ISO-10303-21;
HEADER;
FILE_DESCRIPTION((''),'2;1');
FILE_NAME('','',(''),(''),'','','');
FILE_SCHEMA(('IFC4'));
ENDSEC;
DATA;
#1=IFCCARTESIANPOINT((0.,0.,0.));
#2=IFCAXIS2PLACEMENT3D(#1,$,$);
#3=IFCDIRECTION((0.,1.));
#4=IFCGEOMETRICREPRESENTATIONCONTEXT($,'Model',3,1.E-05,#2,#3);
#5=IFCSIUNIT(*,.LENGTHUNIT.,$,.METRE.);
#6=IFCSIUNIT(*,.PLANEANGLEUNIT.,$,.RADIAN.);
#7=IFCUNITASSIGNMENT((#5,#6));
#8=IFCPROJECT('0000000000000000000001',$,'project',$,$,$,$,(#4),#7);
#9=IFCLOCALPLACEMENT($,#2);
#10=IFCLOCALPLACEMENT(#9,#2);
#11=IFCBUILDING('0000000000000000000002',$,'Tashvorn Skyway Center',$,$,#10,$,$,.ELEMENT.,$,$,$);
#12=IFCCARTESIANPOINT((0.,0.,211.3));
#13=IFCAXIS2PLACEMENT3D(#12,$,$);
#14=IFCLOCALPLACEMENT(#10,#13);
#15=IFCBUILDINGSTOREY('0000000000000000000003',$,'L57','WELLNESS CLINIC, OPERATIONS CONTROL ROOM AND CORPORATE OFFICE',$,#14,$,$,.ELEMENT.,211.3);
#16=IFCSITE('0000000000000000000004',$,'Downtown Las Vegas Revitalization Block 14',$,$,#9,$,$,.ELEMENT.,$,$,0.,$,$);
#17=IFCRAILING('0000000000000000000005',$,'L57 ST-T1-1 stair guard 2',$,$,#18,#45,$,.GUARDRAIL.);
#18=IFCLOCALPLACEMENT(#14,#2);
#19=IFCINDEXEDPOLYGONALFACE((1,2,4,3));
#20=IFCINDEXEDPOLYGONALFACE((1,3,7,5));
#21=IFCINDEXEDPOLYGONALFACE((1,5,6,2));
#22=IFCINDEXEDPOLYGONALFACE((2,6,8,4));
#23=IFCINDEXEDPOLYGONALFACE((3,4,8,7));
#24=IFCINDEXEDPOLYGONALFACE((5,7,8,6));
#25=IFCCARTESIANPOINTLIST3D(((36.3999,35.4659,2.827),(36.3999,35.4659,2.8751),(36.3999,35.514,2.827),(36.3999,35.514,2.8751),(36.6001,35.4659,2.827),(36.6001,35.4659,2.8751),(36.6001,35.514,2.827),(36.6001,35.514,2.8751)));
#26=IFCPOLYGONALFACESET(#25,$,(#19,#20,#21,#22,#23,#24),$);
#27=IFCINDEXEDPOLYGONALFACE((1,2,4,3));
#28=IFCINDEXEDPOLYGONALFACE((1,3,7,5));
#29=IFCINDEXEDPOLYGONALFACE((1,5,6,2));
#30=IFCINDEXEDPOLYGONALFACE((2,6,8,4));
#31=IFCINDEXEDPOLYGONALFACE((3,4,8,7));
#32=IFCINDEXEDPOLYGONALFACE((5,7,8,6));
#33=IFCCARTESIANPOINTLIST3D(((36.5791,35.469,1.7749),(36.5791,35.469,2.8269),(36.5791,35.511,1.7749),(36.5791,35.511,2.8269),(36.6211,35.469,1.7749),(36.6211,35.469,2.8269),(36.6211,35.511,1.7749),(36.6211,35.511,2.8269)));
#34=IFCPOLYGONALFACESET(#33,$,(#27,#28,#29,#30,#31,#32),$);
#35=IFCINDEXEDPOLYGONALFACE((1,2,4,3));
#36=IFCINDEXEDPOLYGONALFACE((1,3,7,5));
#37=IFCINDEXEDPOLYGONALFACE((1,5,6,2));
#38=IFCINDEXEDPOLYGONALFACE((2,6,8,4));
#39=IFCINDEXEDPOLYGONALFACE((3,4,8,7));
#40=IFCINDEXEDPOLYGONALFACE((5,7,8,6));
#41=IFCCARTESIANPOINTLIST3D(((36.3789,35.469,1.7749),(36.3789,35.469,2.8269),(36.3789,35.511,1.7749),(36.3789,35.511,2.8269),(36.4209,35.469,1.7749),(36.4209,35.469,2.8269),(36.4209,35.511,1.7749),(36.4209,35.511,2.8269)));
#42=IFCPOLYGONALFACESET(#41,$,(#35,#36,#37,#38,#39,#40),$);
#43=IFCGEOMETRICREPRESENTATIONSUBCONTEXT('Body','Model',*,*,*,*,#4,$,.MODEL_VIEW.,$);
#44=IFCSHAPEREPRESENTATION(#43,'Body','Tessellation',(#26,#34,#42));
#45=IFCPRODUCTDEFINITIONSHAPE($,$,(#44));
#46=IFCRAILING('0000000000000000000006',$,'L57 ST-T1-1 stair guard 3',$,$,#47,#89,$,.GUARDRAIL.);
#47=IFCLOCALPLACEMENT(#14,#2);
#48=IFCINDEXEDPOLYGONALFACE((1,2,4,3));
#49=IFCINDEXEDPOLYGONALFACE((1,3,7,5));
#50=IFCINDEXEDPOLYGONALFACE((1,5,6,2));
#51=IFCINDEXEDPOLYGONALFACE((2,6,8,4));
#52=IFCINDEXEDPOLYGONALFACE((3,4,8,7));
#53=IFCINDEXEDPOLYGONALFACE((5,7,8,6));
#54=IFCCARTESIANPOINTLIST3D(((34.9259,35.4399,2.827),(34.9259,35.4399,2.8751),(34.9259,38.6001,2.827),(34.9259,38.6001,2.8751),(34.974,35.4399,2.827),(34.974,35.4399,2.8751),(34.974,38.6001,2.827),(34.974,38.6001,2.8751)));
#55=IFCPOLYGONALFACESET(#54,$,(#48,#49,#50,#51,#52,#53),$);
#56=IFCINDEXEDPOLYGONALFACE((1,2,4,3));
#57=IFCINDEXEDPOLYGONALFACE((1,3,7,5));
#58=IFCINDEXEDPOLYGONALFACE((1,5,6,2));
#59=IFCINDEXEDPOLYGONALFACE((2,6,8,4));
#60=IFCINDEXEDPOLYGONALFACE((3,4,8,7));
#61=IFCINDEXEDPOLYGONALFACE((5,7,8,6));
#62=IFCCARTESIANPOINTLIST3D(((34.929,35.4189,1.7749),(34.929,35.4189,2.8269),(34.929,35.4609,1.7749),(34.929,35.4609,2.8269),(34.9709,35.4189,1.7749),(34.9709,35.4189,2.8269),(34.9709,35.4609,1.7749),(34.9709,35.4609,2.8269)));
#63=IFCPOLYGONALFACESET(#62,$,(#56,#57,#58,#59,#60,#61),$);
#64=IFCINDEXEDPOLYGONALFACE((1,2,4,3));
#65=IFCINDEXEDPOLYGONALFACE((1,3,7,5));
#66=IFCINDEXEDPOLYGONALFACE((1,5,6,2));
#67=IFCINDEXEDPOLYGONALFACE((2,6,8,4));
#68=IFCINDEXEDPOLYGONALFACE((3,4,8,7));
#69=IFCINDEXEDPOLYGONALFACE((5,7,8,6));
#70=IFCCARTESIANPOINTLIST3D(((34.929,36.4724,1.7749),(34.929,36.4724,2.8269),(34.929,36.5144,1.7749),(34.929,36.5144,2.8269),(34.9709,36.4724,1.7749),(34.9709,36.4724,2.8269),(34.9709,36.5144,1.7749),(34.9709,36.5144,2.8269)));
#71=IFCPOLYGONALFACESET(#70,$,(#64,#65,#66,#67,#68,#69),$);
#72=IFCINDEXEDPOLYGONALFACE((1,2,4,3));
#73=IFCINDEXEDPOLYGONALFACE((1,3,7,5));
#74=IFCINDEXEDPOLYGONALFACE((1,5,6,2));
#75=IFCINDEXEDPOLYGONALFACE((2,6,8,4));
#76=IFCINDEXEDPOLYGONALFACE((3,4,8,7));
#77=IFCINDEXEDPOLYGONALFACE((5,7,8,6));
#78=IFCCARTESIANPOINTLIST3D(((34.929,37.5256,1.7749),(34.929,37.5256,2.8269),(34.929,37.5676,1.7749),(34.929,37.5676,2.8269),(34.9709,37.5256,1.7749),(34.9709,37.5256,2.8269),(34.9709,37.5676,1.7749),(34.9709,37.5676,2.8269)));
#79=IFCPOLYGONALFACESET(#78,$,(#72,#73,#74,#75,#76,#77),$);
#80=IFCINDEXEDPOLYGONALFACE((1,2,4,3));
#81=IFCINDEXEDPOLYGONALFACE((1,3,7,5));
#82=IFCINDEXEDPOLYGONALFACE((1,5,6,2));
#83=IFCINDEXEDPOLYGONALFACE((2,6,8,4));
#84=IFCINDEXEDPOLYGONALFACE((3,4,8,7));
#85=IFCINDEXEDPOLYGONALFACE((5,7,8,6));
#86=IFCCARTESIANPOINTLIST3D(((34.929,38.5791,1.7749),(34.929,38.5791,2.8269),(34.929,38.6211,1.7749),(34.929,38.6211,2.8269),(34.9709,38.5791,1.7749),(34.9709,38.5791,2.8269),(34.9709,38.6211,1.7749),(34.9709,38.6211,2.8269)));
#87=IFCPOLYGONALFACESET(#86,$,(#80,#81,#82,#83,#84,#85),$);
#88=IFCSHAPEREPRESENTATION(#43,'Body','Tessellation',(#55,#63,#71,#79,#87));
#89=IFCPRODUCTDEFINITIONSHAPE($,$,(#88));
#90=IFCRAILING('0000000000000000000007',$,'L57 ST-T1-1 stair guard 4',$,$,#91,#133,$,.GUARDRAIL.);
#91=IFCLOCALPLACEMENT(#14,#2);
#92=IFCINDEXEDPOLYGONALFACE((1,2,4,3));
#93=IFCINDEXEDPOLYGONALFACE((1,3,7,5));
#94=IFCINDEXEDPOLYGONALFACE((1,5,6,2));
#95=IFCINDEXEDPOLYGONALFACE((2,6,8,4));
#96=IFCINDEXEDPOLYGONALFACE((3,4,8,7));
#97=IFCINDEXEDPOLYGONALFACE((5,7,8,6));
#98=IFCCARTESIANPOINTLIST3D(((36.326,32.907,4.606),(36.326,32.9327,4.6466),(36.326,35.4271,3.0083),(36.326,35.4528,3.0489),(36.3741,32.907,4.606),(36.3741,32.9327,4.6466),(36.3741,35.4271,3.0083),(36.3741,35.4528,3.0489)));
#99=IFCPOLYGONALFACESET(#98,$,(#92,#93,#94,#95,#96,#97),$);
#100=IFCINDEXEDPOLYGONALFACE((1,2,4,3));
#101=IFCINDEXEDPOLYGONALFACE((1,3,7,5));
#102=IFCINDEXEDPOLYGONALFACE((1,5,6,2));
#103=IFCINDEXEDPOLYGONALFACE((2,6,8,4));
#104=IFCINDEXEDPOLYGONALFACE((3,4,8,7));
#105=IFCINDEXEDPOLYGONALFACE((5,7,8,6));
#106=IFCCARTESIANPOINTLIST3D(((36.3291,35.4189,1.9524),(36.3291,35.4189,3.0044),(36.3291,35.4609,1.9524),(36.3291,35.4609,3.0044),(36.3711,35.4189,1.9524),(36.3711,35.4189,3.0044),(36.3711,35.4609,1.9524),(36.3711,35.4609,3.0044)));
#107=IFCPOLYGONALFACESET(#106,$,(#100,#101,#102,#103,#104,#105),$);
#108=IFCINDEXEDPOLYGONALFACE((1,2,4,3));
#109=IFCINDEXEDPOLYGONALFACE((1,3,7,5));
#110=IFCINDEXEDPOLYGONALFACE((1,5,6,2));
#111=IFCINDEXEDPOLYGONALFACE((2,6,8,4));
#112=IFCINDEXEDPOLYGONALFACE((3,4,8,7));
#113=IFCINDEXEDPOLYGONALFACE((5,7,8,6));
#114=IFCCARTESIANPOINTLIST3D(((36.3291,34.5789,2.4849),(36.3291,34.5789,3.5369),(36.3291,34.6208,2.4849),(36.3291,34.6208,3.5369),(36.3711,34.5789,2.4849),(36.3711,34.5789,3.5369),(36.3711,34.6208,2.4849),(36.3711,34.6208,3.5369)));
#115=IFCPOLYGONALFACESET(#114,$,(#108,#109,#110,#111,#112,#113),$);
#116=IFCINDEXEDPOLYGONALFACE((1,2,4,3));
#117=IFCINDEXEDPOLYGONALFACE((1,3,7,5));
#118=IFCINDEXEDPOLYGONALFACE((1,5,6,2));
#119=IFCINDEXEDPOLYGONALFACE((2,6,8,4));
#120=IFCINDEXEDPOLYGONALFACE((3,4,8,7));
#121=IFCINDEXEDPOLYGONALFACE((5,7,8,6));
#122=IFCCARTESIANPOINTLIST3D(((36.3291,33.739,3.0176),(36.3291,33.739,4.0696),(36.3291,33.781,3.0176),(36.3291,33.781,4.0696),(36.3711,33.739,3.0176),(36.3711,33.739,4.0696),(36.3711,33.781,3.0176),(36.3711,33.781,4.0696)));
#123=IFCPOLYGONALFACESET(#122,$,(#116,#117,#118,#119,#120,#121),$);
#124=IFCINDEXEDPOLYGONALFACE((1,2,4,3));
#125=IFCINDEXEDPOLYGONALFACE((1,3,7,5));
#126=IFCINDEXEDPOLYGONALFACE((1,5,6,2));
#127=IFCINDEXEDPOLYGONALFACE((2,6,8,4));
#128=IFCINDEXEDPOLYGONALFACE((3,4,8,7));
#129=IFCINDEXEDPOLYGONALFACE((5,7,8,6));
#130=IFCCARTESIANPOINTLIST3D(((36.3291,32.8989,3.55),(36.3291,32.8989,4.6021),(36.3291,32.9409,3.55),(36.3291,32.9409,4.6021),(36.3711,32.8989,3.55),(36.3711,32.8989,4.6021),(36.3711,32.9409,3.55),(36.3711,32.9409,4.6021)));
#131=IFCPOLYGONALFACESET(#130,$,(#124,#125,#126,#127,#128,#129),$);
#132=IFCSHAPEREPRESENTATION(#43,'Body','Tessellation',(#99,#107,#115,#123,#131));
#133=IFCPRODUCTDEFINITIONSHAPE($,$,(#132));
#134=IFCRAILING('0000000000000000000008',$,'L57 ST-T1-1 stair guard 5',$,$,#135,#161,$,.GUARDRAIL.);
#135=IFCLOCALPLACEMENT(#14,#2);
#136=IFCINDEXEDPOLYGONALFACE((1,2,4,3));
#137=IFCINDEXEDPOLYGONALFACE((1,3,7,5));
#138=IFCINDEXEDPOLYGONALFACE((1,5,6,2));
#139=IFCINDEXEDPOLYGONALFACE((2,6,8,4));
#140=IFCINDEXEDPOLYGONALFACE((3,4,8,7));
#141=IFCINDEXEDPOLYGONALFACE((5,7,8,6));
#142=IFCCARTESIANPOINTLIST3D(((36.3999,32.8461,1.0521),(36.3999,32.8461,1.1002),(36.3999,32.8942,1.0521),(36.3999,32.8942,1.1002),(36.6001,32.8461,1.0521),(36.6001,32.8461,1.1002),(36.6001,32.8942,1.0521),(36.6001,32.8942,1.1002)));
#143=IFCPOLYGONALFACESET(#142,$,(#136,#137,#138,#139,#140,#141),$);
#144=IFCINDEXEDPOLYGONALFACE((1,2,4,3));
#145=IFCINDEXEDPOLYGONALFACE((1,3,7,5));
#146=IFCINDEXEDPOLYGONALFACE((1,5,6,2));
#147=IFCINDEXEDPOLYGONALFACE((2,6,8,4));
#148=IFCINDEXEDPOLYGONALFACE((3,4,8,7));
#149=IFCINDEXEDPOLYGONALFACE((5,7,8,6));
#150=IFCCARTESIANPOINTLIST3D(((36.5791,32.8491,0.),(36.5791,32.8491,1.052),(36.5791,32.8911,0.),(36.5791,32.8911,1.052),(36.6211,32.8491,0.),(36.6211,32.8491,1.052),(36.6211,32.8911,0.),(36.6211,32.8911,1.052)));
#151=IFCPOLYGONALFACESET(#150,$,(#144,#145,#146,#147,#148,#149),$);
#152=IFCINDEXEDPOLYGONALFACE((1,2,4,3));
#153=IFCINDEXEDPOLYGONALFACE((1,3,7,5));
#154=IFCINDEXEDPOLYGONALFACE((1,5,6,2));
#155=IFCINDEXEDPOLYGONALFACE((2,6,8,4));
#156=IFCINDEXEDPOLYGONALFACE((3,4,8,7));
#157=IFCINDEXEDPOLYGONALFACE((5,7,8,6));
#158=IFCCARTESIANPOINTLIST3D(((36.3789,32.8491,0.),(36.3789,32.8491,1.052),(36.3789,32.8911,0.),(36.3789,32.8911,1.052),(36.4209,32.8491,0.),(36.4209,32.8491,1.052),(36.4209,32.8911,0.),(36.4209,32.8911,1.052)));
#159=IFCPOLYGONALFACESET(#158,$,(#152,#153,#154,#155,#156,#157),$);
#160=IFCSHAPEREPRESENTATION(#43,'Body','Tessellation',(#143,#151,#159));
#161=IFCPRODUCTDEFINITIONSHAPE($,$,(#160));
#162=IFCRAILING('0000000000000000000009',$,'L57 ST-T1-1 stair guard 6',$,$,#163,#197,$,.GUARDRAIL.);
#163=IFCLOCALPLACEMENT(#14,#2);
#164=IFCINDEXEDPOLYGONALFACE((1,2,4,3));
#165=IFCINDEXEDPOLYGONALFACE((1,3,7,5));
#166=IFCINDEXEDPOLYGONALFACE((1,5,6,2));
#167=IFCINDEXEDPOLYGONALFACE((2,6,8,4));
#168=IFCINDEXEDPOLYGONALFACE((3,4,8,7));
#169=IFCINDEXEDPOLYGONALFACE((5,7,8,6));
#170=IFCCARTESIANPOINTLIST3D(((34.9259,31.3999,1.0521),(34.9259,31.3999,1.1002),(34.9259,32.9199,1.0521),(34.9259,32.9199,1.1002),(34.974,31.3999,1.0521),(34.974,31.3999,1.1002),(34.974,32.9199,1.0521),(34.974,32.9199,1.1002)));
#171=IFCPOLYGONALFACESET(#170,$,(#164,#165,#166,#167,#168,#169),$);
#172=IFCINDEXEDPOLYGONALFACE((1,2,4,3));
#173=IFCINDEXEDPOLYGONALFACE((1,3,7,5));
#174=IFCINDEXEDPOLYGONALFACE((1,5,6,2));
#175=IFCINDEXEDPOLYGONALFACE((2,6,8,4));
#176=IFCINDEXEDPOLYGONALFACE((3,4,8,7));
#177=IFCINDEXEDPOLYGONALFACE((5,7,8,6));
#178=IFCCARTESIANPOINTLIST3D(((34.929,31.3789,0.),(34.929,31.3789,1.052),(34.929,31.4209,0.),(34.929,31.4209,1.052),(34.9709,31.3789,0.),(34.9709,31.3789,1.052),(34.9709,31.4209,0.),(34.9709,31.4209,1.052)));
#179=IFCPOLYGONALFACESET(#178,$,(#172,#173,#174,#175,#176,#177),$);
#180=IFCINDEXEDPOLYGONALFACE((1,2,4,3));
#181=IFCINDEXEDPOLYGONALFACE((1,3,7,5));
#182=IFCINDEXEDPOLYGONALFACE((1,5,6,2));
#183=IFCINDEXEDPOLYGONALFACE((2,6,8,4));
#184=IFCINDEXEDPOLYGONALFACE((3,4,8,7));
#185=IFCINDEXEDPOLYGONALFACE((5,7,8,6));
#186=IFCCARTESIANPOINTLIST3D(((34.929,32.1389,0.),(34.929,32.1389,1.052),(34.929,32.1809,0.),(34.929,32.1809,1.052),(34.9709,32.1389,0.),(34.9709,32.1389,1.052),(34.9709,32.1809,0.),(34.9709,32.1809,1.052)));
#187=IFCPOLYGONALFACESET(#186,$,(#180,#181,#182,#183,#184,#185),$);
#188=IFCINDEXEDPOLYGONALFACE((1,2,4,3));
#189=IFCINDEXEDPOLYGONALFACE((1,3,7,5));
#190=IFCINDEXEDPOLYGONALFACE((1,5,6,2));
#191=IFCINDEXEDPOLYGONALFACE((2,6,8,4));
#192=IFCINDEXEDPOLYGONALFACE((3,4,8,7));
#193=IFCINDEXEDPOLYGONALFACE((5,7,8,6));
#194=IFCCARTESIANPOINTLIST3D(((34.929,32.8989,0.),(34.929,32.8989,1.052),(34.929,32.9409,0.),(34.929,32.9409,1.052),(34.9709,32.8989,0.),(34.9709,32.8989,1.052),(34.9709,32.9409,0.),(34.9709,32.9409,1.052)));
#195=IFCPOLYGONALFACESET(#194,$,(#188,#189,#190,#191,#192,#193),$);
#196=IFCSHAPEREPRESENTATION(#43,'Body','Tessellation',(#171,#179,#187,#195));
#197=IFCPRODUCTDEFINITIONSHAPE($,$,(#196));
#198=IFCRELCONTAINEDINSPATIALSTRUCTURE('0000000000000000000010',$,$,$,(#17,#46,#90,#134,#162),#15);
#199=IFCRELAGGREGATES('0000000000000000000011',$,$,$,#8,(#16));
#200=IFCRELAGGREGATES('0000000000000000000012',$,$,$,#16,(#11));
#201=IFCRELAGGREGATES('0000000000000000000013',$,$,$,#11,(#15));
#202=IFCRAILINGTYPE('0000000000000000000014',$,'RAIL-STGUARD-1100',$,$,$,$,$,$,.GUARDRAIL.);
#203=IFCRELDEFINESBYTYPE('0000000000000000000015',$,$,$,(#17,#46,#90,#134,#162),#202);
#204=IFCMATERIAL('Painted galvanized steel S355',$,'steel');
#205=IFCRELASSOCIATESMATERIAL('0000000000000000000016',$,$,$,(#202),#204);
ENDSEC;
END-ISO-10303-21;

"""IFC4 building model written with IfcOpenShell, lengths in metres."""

from ifc_helpers import new_model, si_unit, direction, frame, origin, origin_2d, place, context, subcontext, project, spatial, rectangle, extrude, material, type_object, element, save


model = new_model("IFC4")

# Units and contexts
model_context = context("Model", 3, precision=1e-05, world=origin(), true_north=direction((0.0, 1.0)))
body_context = subcontext(model_context, "Body", "Model", "MODEL_VIEW")
ifc_project = project(units=[si_unit("LENGTHUNIT", "METRE"), si_unit("PLANEANGLEUNIT", "RADIAN")], contexts=[model_context])

# Site, building, storey
site_placement = place(None, origin())
site = spatial("IfcSite", under=ifc_project, at=site_placement, Name="Downtown Las Vegas Revitalization Block 14", CompositionType="ELEMENT", RefElevation=0.0)
building_placement = place(site_placement, origin())
building = spatial("IfcBuilding", under=site, at=building_placement, Name="Tashvorn Skyway Center", CompositionType="ELEMENT")
storey_placement = place(building_placement, frame((0.0, 0.0, 211.3)))
storey = spatial("IfcBuildingStorey", under=building, at=storey_placement, Name="L57", Description="WELLNESS CLINIC, OPERATIONS CONTROL ROOM AND CORPORATE OFFICE", CompositionType="ELEMENT", Elevation=211.3)

# Railings
ifc_material_1 = material(Name="Painted galvanized steel S355", Category="steel")
railing_type_1 = type_object("IfcRailingType", Name="RAIL-STGUARD-1100", PredefinedType="GUARDRAIL", material=ifc_material_1)
railing_1_placement = place(storey_placement, frame((36.6001, 35.49, 1.7749)))
element("IfcRailing", 1, at=railing_1_placement, inside=storey, type_object=railing_type_1, Name="L57 ST-T1-1 stair guard 2", PredefinedType="GUARDRAIL", context=body_context, shape_type="SweptSolid", body=[
    extrude(rectangle(XDim=0.0481, YDim=0.0481, at=origin_2d()), frame((0.0, 0.0, 1.0762), z_axis=(-1.0, 0.0, 0.0), x_axis=(0.0, -1.0, 0.0)), (0.0, 0.0, 1.0), 0.2002),
    extrude(rectangle(XDim=0.042, YDim=0.042, at=origin_2d()), origin(), (0.0, 0.0, 1.0), 1.052),
    extrude(rectangle(XDim=0.042, YDim=0.042, at=origin_2d()), frame((-0.2002, 0.0, 0.0)), (0.0, 0.0, 1.0), 1.052),
])
railing_2_placement = place(storey_placement, frame((34.95, 35.4399, 1.7749)))
element("IfcRailing", 2, at=railing_2_placement, inside=storey, type_object=railing_type_1, Name="L57 ST-T1-1 stair guard 3", PredefinedType="GUARDRAIL", context=body_context, shape_type="SweptSolid", body=[
    extrude(rectangle(XDim=0.0481, YDim=0.0481, at=origin_2d()), frame((0.0, 0.0, 1.0762), z_axis=(0.0, 1.0, 0.0), x_axis=(-1.0, 0.0, 0.0)), (0.0, 0.0, 1.0), 3.1602),
    extrude(rectangle(XDim=0.042, YDim=0.042, at=origin_2d()), origin(), (0.0, 0.0, 1.0), 1.052),
    extrude(rectangle(XDim=0.042, YDim=0.042, at=origin_2d()), frame((0.0, 1.0535, 0.0)), (0.0, 0.0, 1.0), 1.052),
    extrude(rectangle(XDim=0.042, YDim=0.042, at=origin_2d()), frame((0.0, 2.1067, 0.0)), (0.0, 0.0, 1.0), 1.052),
    extrude(rectangle(XDim=0.042, YDim=0.042, at=origin_2d()), frame((0.0, 3.1602, 0.0)), (0.0, 0.0, 1.0), 1.052),
])
railing_3_placement = place(storey_placement, frame((36.3501, 35.4399, 1.9524)))
element("IfcRailing", 3, at=railing_3_placement, inside=storey, type_object=railing_type_1, Name="L57 ST-T1-1 stair guard 4", PredefinedType="GUARDRAIL", context=body_context, shape_type="SweptSolid", body=[
    extrude(rectangle(XDim=0.0481, YDim=0.0481, at=origin_2d()), frame((0.0, 0.0, 1.0762), z_axis=(0.0, -0.84457, 0.535445), x_axis=(1.0, 0.0, 0.0)), (0.0, 0.0, 1.0), 2.9839),
    extrude(rectangle(XDim=0.042, YDim=0.042, at=origin_2d()), origin(), (0.0, 0.0, 1.0), 1.052),
    extrude(rectangle(XDim=0.042, YDim=0.042, at=origin_2d()), frame((0.0, -0.8401, 0.5325)), (0.0, 0.0, 1.0), 1.052),
    extrude(rectangle(XDim=0.042, YDim=0.042, at=origin_2d()), frame((0.0, -1.6799, 1.0652)), (0.0, 0.0, 1.0), 1.052),
    extrude(rectangle(XDim=0.042, YDim=0.042, at=origin_2d()), frame((0.0, -2.52, 1.5977)), (0.0, 0.0, 1.0), 1.052),
])
railing_4_placement = place(storey_placement, frame((36.6001, 32.8701, 0.0)))
element("IfcRailing", 4, at=railing_4_placement, inside=storey, type_object=railing_type_1, Name="L57 ST-T1-1 stair guard 5", PredefinedType="GUARDRAIL", context=body_context, shape_type="SweptSolid", body=[
    extrude(rectangle(XDim=0.0481, YDim=0.0481, at=origin_2d()), frame((0.0, 0.0, 1.0762), z_axis=(-1.0, 0.0, 0.0), x_axis=(0.0, -1.0, 0.0)), (0.0, 0.0, 1.0), 0.2002),
    extrude(rectangle(XDim=0.042, YDim=0.042, at=origin_2d()), origin(), (0.0, 0.0, 1.0), 1.052),
    extrude(rectangle(XDim=0.042, YDim=0.042, at=origin_2d()), frame((-0.2002, 0.0, 0.0)), (0.0, 0.0, 1.0), 1.052),
])
railing_5_placement = place(storey_placement, frame((34.95, 31.3999, 0.0)))
element("IfcRailing", 5, at=railing_5_placement, inside=storey, type_object=railing_type_1, Name="L57 ST-T1-1 stair guard 6", PredefinedType="GUARDRAIL", context=body_context, shape_type="SweptSolid", body=[
    extrude(rectangle(XDim=0.0481, YDim=0.0481, at=origin_2d()), frame((0.0, 0.0, 1.0762), z_axis=(0.0, 1.0, 0.0), x_axis=(-1.0, 0.0, 0.0)), (0.0, 0.0, 1.0), 1.52),
    extrude(rectangle(XDim=0.042, YDim=0.042, at=origin_2d()), origin(), (0.0, 0.0, 1.0), 1.052),
    extrude(rectangle(XDim=0.042, YDim=0.042, at=origin_2d()), frame((0.0, 0.76, 0.0)), (0.0, 0.0, 1.0), 1.052),
    extrude(rectangle(XDim=0.042, YDim=0.042, at=origin_2d()), frame((0.0, 1.52, 0.0)), (0.0, 0.0, 1.0), 1.052),
])

save(model, "model.ifc")
